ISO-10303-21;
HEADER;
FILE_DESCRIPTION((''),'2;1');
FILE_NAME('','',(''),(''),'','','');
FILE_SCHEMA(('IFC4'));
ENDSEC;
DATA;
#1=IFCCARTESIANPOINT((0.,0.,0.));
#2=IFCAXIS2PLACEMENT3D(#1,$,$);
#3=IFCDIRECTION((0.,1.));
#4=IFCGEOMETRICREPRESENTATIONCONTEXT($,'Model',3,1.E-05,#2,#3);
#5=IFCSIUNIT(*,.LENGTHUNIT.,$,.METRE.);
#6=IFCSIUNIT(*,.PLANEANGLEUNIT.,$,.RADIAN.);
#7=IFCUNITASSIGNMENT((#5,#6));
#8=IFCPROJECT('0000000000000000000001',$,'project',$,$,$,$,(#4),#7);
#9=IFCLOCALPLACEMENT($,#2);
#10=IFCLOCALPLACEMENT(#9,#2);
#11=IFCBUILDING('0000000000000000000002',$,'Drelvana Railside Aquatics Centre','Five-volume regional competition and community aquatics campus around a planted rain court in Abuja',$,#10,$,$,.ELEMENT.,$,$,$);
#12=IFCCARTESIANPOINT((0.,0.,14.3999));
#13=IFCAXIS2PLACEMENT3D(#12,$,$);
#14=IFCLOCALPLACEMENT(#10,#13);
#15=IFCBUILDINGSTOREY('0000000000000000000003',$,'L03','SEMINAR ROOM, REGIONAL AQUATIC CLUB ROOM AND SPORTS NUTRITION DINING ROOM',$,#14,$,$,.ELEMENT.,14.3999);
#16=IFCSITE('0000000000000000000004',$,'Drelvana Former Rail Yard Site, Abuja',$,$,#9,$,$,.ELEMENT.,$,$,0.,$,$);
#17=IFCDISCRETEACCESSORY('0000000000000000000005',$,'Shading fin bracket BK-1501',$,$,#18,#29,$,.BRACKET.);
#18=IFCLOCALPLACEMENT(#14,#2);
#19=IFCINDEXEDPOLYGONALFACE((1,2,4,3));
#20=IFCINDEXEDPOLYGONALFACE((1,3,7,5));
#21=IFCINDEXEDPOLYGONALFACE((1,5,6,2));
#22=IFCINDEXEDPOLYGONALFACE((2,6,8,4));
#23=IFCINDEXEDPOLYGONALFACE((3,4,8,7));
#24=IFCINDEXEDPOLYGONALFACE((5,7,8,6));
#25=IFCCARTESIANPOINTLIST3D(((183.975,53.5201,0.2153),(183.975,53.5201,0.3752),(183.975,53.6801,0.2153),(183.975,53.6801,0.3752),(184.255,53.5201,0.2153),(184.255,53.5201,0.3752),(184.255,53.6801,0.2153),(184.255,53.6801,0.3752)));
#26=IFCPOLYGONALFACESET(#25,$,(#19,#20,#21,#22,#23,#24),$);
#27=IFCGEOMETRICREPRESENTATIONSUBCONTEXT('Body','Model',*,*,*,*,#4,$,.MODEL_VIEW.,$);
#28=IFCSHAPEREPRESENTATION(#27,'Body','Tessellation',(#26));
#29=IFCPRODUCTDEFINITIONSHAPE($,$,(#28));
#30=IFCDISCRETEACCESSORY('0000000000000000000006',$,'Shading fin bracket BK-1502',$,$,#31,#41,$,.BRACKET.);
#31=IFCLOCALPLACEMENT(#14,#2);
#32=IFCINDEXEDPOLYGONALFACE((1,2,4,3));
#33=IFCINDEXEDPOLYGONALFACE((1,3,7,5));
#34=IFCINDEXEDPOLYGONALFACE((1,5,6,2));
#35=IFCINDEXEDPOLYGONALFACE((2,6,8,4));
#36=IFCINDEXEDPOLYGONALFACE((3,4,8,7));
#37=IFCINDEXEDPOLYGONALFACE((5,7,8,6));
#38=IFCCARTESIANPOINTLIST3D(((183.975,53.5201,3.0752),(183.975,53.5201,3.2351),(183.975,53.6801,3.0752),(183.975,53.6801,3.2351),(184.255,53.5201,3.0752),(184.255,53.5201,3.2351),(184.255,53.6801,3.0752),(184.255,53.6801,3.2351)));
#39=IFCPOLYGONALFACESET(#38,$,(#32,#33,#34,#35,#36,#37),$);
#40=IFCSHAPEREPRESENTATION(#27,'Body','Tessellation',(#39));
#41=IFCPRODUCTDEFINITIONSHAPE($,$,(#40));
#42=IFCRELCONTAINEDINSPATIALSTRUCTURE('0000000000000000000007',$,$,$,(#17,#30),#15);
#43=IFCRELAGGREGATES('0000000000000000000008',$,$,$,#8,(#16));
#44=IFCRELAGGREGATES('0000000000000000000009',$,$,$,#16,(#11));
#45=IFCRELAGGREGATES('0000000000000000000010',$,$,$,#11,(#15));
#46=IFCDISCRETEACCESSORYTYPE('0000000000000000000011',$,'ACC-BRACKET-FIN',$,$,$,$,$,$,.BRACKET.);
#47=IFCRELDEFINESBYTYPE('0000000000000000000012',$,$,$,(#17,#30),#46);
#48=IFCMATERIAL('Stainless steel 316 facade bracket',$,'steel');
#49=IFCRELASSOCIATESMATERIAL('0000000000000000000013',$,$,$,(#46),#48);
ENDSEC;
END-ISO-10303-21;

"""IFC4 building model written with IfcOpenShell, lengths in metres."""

from ifc_helpers import new_model, si_unit, direction, frame, origin, origin_2d, place, context, subcontext, project, spatial, rectangle, extrude, material, type_object, element, save


model = new_model("IFC4")

# Units and contexts
model_context = context("Model", 3, precision=1e-05, world=origin(), true_north=direction((0.0, 1.0)))
body_context = subcontext(model_context, "Body", "Model", "MODEL_VIEW")
ifc_project = project(units=[si_unit("LENGTHUNIT", "METRE"), si_unit("PLANEANGLEUNIT", "RADIAN")], contexts=[model_context])

# Site, building, storey
site_placement = place(None, origin())
site = spatial("IfcSite", under=ifc_project, at=site_placement, Name="Drelvana Former Rail Yard Site, Abuja", CompositionType="ELEMENT", RefElevation=0.0)
building_placement = place(site_placement, origin())
building = spatial("IfcBuilding", under=site, at=building_placement, Name="Drelvana Railside Aquatics Centre", Description="Five-volume regional competition and community aquatics campus around a planted rain court in Abuja", CompositionType="ELEMENT")
storey_placement = place(building_placement, frame((0.0, 0.0, 14.3999)))
storey = spatial("IfcBuildingStorey", under=building, at=storey_placement, Name="L03", Description="SEMINAR ROOM, REGIONAL AQUATIC CLUB ROOM AND SPORTS NUTRITION DINING ROOM", CompositionType="ELEMENT", Elevation=14.3999)

# Discrete accessories
ifc_material_1 = material(Name="Stainless steel 316 facade bracket", Category="steel")
discrete_accessory_type = type_object("IfcDiscreteAccessoryType", Name="ACC-BRACKET-FIN", PredefinedType="BRACKET", material=ifc_material_1)
for number, where, z_axis, x_axis, name in (
    (1, (184.115, 53.6001, 0.2153), (0.0, 0.0, 1.0), (1.0, 0.0, 0.0), "Shading fin bracket BK-1501"),
    (2, (184.115, 53.6001, 3.0752), (0.0, 0.0, 1.0), (1.0, 0.0, 0.0), "Shading fin bracket BK-1502"),
):
    element("IfcDiscreteAccessory", number, at=place(storey_placement, frame(where, z_axis=z_axis, x_axis=x_axis)), inside=storey, type_object=discrete_accessory_type, Name=name, PredefinedType="BRACKET", context=body_context, shape_type="SweptSolid", body=[
        extrude(rectangle(XDim=0.28, YDim=0.1599, at=origin_2d()), origin(), (0.0, 0.0, 1.0), 0.1599),
    ])

save(model, "model.ifc")
